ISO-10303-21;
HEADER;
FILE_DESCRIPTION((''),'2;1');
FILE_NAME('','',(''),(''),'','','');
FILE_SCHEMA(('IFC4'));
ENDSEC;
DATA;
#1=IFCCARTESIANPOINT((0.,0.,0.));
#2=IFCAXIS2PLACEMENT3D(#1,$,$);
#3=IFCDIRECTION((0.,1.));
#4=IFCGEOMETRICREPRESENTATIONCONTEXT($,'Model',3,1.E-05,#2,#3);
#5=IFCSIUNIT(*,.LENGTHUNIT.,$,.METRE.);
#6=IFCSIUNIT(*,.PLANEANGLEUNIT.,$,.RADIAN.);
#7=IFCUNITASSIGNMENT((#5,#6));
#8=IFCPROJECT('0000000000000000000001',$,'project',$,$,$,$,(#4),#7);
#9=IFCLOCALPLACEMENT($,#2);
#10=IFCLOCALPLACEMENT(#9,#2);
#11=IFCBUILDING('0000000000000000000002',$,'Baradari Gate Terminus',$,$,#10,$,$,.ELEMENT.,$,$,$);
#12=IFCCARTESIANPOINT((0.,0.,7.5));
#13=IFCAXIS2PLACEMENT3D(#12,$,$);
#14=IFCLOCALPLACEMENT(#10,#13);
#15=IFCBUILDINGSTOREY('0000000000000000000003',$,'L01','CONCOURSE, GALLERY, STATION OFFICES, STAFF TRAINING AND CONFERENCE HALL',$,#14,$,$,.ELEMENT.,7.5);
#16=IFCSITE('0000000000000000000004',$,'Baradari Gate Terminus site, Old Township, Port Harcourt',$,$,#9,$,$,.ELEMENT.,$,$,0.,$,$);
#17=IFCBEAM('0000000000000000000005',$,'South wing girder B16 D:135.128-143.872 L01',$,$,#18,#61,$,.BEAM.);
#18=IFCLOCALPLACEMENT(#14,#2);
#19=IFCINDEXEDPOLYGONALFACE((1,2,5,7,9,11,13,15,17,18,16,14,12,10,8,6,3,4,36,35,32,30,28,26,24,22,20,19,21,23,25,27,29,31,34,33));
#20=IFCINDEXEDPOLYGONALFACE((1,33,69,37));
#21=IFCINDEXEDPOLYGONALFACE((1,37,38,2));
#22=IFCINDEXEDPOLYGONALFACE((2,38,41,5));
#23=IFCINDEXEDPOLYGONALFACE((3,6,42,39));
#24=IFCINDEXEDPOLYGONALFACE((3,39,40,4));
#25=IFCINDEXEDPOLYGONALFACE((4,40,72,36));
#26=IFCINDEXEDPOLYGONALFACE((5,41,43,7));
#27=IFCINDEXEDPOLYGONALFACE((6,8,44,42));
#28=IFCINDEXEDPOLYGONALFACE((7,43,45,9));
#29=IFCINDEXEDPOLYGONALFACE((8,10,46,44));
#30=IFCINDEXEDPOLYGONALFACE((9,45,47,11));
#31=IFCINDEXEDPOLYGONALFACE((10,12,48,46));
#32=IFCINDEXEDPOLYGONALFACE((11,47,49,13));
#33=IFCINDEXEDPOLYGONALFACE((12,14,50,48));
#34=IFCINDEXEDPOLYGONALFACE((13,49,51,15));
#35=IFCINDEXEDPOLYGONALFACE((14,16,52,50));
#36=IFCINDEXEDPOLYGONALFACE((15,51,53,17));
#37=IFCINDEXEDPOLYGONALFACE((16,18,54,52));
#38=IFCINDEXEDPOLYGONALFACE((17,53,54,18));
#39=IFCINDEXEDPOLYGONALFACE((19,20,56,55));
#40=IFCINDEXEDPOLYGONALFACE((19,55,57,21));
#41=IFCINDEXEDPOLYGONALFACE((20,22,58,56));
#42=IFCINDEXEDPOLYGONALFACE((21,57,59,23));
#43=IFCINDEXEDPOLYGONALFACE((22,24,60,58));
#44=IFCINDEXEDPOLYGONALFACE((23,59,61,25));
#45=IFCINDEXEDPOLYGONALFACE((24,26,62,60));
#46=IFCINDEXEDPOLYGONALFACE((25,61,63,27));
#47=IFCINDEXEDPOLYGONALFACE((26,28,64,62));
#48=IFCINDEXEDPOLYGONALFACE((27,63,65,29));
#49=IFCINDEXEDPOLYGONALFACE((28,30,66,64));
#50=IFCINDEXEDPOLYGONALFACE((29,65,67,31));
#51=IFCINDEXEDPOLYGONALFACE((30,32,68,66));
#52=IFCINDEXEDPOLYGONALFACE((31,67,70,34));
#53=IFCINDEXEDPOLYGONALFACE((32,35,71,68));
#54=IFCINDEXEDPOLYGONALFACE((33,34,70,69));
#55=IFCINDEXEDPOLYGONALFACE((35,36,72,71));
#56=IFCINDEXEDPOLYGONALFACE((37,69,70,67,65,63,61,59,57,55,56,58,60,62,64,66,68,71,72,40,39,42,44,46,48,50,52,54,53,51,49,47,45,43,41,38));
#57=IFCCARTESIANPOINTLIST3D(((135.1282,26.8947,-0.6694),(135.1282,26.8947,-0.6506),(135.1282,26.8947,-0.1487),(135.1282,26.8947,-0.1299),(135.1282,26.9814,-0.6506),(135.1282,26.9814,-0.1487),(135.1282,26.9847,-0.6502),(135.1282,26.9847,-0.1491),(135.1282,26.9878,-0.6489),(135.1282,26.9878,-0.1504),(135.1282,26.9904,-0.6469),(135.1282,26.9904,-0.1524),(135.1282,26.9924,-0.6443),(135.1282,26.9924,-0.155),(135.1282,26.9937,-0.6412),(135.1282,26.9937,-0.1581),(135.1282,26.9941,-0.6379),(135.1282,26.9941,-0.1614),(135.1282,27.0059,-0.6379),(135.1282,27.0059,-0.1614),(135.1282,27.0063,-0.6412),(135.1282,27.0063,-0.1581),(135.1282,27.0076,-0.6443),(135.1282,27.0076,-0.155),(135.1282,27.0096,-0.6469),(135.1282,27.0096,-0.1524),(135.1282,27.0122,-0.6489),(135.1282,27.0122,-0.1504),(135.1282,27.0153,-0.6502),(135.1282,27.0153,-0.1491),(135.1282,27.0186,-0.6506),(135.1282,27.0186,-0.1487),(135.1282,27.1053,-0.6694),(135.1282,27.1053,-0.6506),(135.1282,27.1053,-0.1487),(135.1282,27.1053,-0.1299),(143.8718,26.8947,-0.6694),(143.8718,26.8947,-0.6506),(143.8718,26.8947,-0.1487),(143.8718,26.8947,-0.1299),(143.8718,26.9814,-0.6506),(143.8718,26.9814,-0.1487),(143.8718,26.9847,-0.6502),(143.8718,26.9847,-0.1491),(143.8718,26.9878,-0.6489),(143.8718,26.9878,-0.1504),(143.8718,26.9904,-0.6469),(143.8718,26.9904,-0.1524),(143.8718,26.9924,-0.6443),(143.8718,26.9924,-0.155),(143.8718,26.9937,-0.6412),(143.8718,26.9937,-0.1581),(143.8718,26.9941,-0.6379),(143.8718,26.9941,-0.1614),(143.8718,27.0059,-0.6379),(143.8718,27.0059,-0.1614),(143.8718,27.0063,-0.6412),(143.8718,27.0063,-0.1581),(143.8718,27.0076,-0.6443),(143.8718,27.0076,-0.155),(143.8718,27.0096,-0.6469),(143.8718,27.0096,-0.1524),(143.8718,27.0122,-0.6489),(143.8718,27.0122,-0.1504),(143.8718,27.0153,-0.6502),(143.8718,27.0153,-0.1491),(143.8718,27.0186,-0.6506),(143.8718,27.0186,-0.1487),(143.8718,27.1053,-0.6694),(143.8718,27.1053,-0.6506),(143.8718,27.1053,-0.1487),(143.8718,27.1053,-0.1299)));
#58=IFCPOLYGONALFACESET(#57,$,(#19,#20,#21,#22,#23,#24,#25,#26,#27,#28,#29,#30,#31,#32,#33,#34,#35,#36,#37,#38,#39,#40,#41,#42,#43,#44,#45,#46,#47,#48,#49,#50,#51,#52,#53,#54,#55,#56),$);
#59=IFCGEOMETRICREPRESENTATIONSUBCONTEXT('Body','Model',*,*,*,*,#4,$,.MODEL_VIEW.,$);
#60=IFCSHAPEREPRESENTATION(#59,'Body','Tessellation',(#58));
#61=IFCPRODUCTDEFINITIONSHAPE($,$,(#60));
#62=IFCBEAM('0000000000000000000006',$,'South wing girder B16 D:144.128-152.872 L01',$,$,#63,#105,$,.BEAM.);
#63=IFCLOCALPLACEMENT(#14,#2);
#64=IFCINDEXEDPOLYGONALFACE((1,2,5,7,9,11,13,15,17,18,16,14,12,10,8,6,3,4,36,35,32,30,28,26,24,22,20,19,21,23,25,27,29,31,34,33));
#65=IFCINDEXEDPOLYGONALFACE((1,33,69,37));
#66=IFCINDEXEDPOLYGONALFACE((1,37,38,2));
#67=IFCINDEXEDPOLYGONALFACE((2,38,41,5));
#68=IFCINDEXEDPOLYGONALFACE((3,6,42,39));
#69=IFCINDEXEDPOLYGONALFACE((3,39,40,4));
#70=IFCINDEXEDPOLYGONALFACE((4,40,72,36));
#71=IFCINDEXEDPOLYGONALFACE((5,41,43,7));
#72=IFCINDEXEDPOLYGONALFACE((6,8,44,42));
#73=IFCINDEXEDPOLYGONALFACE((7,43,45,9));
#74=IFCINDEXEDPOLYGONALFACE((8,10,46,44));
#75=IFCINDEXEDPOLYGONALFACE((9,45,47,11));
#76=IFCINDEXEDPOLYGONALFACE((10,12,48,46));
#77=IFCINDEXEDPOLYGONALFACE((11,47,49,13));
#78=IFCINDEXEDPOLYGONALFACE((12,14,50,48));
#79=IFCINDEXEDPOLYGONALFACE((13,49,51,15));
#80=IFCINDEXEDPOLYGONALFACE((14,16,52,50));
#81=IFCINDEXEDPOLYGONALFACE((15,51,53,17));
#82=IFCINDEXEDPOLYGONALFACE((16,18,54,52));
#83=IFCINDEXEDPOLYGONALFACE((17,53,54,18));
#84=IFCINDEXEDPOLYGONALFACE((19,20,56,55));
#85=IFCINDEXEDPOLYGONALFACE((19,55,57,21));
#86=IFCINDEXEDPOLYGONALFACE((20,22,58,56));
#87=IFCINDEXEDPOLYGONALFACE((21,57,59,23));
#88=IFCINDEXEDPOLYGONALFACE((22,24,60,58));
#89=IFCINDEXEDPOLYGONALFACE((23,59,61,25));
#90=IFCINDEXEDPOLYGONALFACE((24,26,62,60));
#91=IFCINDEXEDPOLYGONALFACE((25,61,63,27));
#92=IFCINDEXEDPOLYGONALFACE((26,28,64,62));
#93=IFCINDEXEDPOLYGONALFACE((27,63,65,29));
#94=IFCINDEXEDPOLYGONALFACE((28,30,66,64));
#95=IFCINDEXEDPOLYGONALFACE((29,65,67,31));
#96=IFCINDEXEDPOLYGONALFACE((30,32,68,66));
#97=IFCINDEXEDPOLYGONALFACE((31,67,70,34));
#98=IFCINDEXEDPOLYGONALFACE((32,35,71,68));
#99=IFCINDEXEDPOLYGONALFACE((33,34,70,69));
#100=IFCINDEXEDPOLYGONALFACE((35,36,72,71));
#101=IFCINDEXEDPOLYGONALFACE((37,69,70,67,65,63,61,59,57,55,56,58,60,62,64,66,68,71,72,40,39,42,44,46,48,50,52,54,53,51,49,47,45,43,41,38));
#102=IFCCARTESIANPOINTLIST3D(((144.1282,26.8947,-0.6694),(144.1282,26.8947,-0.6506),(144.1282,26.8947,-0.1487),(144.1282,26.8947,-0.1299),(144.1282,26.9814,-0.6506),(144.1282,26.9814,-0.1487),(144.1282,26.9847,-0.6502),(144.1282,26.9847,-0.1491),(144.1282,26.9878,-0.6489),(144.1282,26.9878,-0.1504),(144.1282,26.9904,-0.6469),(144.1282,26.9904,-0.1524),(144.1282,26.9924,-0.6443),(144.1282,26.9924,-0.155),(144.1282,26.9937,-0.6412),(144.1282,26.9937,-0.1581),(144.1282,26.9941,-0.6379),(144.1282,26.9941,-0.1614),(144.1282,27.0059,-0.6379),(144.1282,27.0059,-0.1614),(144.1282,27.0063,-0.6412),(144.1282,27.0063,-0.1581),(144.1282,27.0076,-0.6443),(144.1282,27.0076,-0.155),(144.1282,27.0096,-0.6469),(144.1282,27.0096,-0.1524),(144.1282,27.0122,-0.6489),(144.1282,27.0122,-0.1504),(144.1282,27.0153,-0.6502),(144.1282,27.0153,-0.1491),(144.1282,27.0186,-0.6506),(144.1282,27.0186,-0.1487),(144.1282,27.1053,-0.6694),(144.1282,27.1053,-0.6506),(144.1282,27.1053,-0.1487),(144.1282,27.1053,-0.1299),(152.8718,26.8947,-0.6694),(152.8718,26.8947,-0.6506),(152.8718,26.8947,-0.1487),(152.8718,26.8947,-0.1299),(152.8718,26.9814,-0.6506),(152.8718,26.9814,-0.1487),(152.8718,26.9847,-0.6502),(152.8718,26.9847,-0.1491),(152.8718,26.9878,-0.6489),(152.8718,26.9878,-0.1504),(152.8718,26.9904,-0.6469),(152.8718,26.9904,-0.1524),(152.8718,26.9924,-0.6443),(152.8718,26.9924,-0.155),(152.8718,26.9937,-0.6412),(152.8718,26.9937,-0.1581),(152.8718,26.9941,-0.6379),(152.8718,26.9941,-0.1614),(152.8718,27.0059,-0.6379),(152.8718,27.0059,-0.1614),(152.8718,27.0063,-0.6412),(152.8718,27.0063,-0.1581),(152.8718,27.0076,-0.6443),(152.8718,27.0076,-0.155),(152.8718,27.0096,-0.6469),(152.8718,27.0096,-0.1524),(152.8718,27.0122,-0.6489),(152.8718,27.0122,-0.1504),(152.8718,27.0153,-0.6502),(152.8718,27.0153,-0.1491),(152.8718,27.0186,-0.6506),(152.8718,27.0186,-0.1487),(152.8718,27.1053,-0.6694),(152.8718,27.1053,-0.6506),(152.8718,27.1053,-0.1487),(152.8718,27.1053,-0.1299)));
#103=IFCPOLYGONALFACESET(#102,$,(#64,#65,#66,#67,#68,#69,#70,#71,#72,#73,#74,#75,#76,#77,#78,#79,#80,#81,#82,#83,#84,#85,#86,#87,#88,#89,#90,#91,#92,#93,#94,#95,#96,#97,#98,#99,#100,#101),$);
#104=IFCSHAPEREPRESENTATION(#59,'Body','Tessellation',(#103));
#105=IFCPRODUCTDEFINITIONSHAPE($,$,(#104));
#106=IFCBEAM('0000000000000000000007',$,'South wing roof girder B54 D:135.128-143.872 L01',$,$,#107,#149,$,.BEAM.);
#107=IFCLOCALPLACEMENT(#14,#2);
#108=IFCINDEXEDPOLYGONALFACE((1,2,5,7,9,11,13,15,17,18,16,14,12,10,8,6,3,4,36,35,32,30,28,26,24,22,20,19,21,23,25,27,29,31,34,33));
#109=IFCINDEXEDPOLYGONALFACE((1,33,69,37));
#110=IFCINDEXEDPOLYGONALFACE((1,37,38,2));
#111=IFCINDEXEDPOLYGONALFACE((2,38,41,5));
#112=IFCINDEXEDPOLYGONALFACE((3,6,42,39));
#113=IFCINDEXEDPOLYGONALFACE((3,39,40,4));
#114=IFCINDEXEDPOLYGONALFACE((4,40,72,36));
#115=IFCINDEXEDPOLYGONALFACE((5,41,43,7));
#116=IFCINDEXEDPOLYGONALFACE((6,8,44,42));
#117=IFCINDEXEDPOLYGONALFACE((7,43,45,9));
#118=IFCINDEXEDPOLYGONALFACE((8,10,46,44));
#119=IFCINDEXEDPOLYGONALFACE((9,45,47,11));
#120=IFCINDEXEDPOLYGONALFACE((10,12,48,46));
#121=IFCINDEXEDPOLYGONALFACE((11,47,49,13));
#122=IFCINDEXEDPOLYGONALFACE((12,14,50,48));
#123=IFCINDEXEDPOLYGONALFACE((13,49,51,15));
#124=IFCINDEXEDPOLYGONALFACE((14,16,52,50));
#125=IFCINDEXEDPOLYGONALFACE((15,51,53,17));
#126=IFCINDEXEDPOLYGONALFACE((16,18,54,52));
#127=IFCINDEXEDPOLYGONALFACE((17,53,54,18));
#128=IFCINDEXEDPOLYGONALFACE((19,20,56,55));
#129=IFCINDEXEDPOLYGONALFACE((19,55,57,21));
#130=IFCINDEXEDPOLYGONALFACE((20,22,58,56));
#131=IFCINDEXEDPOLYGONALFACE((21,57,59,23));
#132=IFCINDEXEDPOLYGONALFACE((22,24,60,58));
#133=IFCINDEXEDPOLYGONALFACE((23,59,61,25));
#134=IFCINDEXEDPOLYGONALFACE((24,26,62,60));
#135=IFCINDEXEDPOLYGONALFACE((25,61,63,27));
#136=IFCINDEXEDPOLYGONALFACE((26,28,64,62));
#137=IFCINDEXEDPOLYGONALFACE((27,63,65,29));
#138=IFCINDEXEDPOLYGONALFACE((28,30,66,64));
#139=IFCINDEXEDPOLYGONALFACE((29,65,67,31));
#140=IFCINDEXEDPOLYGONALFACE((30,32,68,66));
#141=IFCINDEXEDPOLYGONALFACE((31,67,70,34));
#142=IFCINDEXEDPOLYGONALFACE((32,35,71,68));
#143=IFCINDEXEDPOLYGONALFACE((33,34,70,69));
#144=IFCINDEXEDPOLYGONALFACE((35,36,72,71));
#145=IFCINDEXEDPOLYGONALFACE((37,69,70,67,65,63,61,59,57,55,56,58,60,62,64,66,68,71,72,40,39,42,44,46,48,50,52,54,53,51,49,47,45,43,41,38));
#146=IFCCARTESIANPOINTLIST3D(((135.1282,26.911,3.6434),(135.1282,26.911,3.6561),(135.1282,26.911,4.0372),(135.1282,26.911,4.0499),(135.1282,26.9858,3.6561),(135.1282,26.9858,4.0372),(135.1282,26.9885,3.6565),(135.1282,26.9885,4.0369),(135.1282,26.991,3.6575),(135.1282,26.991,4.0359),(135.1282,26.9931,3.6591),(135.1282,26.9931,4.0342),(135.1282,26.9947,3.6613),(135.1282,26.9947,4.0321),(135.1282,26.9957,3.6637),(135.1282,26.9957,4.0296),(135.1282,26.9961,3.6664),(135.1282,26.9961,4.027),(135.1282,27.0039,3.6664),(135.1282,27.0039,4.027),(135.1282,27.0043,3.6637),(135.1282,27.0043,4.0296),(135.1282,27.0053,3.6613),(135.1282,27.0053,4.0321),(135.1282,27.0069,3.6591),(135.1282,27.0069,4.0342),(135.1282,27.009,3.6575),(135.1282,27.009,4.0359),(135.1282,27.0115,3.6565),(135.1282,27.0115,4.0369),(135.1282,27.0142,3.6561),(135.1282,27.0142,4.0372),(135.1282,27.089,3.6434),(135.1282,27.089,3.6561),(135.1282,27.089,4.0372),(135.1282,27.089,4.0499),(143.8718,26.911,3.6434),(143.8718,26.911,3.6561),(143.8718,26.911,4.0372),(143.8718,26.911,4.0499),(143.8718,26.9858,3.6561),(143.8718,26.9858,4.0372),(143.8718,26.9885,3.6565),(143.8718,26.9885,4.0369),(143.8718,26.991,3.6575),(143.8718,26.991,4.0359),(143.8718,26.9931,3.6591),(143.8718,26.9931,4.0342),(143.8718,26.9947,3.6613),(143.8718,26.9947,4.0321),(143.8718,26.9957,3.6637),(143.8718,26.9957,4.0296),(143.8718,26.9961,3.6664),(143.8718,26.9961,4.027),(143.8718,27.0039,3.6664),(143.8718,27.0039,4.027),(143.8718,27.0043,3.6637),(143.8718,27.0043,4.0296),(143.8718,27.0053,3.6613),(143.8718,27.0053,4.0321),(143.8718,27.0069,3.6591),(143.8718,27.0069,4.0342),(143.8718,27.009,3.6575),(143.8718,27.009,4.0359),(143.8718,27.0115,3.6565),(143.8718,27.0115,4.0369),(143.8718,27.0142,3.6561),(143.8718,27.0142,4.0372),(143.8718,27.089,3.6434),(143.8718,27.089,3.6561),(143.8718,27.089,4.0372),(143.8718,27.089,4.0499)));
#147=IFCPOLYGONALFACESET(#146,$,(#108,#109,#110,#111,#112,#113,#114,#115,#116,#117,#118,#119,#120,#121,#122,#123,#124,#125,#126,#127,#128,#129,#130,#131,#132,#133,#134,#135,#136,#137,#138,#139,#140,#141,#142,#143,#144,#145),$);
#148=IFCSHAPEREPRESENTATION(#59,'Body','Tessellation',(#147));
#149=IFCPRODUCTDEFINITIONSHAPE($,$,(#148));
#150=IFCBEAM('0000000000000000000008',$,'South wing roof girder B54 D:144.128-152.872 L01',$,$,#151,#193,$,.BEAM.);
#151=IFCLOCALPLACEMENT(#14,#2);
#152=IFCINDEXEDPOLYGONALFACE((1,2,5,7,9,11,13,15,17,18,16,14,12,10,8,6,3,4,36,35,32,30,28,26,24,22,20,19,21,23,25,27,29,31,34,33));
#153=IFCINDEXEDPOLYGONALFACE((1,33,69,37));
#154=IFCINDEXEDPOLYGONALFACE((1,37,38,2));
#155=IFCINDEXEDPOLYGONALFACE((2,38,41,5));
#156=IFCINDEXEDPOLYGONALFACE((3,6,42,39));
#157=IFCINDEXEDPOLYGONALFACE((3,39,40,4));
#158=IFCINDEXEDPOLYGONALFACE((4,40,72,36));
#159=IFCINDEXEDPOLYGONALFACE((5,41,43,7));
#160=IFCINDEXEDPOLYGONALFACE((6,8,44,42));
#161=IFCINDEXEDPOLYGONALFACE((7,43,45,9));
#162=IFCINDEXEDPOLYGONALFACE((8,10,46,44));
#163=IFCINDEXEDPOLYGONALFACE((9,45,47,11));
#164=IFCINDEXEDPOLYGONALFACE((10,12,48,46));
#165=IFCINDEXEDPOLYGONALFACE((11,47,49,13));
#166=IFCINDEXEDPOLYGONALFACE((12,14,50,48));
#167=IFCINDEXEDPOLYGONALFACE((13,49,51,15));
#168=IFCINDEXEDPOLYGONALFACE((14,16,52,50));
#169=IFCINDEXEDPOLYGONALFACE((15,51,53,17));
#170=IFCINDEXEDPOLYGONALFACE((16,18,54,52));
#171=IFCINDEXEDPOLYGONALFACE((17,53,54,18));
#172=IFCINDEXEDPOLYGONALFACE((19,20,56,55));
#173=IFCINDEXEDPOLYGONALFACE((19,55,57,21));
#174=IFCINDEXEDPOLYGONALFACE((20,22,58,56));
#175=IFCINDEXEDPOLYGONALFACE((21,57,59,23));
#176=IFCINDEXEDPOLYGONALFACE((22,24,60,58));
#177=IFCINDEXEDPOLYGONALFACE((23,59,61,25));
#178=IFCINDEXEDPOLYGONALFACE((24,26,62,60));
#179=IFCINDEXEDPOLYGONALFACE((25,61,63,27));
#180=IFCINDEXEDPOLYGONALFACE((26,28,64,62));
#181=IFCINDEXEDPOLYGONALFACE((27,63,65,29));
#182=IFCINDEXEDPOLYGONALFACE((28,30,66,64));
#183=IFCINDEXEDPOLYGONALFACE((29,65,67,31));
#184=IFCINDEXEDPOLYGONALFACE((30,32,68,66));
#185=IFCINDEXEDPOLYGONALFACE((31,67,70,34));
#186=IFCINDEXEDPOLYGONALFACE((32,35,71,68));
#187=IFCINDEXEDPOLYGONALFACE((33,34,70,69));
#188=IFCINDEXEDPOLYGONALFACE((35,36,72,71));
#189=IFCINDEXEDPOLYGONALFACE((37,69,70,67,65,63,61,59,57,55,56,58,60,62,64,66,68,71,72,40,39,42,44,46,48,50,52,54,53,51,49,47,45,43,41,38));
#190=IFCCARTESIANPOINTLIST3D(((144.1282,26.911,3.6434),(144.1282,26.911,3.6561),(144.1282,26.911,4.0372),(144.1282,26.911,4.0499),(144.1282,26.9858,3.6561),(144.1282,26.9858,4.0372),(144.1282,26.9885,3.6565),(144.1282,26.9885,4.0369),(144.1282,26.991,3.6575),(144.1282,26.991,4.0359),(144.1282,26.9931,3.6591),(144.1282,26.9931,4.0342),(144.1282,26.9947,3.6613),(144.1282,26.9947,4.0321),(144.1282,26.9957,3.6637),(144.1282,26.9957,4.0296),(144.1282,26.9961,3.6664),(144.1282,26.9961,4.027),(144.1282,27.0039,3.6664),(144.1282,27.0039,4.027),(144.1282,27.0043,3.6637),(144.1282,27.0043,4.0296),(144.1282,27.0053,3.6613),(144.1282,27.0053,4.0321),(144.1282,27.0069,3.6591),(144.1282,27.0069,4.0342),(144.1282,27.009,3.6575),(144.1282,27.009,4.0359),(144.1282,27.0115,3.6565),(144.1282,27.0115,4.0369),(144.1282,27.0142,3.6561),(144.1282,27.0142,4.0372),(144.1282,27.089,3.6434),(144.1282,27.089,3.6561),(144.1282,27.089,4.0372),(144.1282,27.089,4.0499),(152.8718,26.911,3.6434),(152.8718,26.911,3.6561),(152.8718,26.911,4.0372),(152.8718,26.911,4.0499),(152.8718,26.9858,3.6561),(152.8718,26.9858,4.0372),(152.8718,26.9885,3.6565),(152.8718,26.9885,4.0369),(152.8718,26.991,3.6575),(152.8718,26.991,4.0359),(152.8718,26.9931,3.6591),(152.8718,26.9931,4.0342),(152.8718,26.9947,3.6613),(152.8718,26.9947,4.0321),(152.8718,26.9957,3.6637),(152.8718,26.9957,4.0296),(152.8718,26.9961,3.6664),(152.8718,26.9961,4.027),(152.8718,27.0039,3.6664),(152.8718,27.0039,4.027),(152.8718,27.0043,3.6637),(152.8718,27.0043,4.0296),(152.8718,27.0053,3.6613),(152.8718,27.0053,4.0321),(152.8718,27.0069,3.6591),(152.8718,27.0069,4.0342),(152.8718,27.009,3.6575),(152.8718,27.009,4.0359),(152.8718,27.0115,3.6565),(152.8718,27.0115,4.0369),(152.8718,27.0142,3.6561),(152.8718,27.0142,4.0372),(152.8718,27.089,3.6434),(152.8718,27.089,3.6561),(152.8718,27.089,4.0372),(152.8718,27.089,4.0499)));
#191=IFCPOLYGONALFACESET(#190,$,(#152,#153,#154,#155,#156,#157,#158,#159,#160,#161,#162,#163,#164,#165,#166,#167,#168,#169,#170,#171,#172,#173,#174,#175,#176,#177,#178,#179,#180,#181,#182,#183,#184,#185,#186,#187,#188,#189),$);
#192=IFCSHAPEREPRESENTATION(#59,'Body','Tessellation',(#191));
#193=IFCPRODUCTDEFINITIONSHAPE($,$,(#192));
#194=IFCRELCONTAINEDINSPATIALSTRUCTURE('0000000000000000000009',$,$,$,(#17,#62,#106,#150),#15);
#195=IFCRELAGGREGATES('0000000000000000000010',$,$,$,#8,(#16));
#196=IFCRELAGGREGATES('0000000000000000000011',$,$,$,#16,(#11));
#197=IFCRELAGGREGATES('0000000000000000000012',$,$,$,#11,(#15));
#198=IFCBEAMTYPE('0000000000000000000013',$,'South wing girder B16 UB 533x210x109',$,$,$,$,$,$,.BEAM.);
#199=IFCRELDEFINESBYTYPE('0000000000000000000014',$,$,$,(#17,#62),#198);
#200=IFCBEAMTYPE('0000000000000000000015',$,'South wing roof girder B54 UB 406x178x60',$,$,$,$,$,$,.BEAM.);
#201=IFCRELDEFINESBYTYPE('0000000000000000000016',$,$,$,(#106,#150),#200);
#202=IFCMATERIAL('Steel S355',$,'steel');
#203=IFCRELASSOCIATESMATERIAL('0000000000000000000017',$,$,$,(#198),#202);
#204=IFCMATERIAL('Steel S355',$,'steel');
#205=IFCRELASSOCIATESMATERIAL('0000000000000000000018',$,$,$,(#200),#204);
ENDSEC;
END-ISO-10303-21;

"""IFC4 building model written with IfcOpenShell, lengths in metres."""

from ifc_helpers import new_model, si_unit, direction, frame, origin, origin_2d, place, context, subcontext, project, spatial, i_section, extrude, material, material_profile, profile_set, type_object, element, save


model = new_model("IFC4")

# Units and contexts
model_context = context("Model", 3, precision=1e-05, world=origin(), true_north=direction((0.0, 1.0)))
body_context = subcontext(model_context, "Body", "Model", "MODEL_VIEW")
ifc_project = project(units=[si_unit("LENGTHUNIT", "METRE"), si_unit("PLANEANGLEUNIT", "RADIAN")], contexts=[model_context])

# Site, building, storey
site_placement = place(None, origin())
site = spatial("IfcSite", under=ifc_project, at=site_placement, Name="Baradari Gate Terminus site, Old Township, Port Harcourt", CompositionType="ELEMENT", RefElevation=0.0)
building_placement = place(site_placement, origin())
building = spatial("IfcBuilding", under=site, at=building_placement, Name="Baradari Gate Terminus", CompositionType="ELEMENT")
storey_placement = place(building_placement, frame((0.0, 0.0, 7.5)))
storey = spatial("IfcBuildingStorey", under=building, at=storey_placement, Name="L01", Description="CONCOURSE, GALLERY, STATION OFFICES, STAFF TRAINING AND CONFERENCE HALL", CompositionType="ELEMENT", Elevation=7.5)

# Beams
ifc_material_1 = material(Name="Steel S355", Category="steel")
ifc_material_profile_1 = material_profile(ifc_material_1, i_section(OverallWidth=0.2107, OverallDepth=0.5396, WebThickness=0.0117, FlangeThickness=0.0188, FilletRadius=0.0127, at=origin_2d()), Name="UB 533x210x109")
ifc_profile_set_1 = profile_set([ifc_material_profile_1], Name="Steel S355")
beam_type_1 = type_object("IfcBeamType", Name="South wing girder B16 UB 533x210x109", PredefinedType="BEAM", material=ifc_profile_set_1)
for number, where, z_axis, x_axis, name in (
    (1, (135.1282, 27.0, -0.3997), (1.0, 0.0, 0.0), (0.0, 1.0, 0.0), "South wing girder B16 D:135.128-143.872 L01"),
    (2, (144.1282, 27.0, -0.3997), (1.0, 0.0, 0.0), (0.0, 1.0, 0.0), "South wing girder B16 D:144.128-152.872 L01"),
):
    element("IfcBeam", number, at=place(storey_placement, frame(where, z_axis=z_axis, x_axis=x_axis)), inside=storey, type_object=beam_type_1, Name=name, PredefinedType="BEAM", context=body_context, shape_type="SweptSolid", body=[
        extrude(i_section(OverallWidth=0.2107, OverallDepth=0.5396, WebThickness=0.0117, FlangeThickness=0.0188, FilletRadius=0.0127, at=origin_2d()), origin(), (0.0, 0.0, 1.0), 8.7437),
    ])
ifc_material_2 = material(Name="Steel S355", Category="steel")
ifc_material_profile_2 = material_profile(ifc_material_2, i_section(OverallWidth=0.178, OverallDepth=0.4065, WebThickness=0.0078, FlangeThickness=0.0127, FilletRadius=0.0103, at=origin_2d()), Name="UB 406x178x60")
ifc_profile_set_2 = profile_set([ifc_material_profile_2], Name="Steel S355")
beam_type_2 = type_object("IfcBeamType", Name="South wing roof girder B54 UB 406x178x60", PredefinedType="BEAM", material=ifc_profile_set_2)
for number, where, z_axis, x_axis, name in (
    (3, (135.1282, 27.0, 3.8467), (1.0, 0.0, 0.0), (0.0, 1.0, 0.0), "South wing roof girder B54 D:135.128-143.872 L01"),
    (4, (144.1282, 27.0, 3.8467), (1.0, 0.0, 0.0), (0.0, 1.0, 0.0), "South wing roof girder B54 D:144.128-152.872 L01"),
):
    element("IfcBeam", number, at=place(storey_placement, frame(where, z_axis=z_axis, x_axis=x_axis)), inside=storey, type_object=beam_type_2, Name=name, PredefinedType="BEAM", context=body_context, shape_type="SweptSolid", body=[
        extrude(i_section(OverallWidth=0.178, OverallDepth=0.4065, WebThickness=0.0078, FlangeThickness=0.0127, FilletRadius=0.0103, at=origin_2d()), origin(), (0.0, 0.0, 1.0), 8.7437),
    ])

save(model, "model.ifc")
